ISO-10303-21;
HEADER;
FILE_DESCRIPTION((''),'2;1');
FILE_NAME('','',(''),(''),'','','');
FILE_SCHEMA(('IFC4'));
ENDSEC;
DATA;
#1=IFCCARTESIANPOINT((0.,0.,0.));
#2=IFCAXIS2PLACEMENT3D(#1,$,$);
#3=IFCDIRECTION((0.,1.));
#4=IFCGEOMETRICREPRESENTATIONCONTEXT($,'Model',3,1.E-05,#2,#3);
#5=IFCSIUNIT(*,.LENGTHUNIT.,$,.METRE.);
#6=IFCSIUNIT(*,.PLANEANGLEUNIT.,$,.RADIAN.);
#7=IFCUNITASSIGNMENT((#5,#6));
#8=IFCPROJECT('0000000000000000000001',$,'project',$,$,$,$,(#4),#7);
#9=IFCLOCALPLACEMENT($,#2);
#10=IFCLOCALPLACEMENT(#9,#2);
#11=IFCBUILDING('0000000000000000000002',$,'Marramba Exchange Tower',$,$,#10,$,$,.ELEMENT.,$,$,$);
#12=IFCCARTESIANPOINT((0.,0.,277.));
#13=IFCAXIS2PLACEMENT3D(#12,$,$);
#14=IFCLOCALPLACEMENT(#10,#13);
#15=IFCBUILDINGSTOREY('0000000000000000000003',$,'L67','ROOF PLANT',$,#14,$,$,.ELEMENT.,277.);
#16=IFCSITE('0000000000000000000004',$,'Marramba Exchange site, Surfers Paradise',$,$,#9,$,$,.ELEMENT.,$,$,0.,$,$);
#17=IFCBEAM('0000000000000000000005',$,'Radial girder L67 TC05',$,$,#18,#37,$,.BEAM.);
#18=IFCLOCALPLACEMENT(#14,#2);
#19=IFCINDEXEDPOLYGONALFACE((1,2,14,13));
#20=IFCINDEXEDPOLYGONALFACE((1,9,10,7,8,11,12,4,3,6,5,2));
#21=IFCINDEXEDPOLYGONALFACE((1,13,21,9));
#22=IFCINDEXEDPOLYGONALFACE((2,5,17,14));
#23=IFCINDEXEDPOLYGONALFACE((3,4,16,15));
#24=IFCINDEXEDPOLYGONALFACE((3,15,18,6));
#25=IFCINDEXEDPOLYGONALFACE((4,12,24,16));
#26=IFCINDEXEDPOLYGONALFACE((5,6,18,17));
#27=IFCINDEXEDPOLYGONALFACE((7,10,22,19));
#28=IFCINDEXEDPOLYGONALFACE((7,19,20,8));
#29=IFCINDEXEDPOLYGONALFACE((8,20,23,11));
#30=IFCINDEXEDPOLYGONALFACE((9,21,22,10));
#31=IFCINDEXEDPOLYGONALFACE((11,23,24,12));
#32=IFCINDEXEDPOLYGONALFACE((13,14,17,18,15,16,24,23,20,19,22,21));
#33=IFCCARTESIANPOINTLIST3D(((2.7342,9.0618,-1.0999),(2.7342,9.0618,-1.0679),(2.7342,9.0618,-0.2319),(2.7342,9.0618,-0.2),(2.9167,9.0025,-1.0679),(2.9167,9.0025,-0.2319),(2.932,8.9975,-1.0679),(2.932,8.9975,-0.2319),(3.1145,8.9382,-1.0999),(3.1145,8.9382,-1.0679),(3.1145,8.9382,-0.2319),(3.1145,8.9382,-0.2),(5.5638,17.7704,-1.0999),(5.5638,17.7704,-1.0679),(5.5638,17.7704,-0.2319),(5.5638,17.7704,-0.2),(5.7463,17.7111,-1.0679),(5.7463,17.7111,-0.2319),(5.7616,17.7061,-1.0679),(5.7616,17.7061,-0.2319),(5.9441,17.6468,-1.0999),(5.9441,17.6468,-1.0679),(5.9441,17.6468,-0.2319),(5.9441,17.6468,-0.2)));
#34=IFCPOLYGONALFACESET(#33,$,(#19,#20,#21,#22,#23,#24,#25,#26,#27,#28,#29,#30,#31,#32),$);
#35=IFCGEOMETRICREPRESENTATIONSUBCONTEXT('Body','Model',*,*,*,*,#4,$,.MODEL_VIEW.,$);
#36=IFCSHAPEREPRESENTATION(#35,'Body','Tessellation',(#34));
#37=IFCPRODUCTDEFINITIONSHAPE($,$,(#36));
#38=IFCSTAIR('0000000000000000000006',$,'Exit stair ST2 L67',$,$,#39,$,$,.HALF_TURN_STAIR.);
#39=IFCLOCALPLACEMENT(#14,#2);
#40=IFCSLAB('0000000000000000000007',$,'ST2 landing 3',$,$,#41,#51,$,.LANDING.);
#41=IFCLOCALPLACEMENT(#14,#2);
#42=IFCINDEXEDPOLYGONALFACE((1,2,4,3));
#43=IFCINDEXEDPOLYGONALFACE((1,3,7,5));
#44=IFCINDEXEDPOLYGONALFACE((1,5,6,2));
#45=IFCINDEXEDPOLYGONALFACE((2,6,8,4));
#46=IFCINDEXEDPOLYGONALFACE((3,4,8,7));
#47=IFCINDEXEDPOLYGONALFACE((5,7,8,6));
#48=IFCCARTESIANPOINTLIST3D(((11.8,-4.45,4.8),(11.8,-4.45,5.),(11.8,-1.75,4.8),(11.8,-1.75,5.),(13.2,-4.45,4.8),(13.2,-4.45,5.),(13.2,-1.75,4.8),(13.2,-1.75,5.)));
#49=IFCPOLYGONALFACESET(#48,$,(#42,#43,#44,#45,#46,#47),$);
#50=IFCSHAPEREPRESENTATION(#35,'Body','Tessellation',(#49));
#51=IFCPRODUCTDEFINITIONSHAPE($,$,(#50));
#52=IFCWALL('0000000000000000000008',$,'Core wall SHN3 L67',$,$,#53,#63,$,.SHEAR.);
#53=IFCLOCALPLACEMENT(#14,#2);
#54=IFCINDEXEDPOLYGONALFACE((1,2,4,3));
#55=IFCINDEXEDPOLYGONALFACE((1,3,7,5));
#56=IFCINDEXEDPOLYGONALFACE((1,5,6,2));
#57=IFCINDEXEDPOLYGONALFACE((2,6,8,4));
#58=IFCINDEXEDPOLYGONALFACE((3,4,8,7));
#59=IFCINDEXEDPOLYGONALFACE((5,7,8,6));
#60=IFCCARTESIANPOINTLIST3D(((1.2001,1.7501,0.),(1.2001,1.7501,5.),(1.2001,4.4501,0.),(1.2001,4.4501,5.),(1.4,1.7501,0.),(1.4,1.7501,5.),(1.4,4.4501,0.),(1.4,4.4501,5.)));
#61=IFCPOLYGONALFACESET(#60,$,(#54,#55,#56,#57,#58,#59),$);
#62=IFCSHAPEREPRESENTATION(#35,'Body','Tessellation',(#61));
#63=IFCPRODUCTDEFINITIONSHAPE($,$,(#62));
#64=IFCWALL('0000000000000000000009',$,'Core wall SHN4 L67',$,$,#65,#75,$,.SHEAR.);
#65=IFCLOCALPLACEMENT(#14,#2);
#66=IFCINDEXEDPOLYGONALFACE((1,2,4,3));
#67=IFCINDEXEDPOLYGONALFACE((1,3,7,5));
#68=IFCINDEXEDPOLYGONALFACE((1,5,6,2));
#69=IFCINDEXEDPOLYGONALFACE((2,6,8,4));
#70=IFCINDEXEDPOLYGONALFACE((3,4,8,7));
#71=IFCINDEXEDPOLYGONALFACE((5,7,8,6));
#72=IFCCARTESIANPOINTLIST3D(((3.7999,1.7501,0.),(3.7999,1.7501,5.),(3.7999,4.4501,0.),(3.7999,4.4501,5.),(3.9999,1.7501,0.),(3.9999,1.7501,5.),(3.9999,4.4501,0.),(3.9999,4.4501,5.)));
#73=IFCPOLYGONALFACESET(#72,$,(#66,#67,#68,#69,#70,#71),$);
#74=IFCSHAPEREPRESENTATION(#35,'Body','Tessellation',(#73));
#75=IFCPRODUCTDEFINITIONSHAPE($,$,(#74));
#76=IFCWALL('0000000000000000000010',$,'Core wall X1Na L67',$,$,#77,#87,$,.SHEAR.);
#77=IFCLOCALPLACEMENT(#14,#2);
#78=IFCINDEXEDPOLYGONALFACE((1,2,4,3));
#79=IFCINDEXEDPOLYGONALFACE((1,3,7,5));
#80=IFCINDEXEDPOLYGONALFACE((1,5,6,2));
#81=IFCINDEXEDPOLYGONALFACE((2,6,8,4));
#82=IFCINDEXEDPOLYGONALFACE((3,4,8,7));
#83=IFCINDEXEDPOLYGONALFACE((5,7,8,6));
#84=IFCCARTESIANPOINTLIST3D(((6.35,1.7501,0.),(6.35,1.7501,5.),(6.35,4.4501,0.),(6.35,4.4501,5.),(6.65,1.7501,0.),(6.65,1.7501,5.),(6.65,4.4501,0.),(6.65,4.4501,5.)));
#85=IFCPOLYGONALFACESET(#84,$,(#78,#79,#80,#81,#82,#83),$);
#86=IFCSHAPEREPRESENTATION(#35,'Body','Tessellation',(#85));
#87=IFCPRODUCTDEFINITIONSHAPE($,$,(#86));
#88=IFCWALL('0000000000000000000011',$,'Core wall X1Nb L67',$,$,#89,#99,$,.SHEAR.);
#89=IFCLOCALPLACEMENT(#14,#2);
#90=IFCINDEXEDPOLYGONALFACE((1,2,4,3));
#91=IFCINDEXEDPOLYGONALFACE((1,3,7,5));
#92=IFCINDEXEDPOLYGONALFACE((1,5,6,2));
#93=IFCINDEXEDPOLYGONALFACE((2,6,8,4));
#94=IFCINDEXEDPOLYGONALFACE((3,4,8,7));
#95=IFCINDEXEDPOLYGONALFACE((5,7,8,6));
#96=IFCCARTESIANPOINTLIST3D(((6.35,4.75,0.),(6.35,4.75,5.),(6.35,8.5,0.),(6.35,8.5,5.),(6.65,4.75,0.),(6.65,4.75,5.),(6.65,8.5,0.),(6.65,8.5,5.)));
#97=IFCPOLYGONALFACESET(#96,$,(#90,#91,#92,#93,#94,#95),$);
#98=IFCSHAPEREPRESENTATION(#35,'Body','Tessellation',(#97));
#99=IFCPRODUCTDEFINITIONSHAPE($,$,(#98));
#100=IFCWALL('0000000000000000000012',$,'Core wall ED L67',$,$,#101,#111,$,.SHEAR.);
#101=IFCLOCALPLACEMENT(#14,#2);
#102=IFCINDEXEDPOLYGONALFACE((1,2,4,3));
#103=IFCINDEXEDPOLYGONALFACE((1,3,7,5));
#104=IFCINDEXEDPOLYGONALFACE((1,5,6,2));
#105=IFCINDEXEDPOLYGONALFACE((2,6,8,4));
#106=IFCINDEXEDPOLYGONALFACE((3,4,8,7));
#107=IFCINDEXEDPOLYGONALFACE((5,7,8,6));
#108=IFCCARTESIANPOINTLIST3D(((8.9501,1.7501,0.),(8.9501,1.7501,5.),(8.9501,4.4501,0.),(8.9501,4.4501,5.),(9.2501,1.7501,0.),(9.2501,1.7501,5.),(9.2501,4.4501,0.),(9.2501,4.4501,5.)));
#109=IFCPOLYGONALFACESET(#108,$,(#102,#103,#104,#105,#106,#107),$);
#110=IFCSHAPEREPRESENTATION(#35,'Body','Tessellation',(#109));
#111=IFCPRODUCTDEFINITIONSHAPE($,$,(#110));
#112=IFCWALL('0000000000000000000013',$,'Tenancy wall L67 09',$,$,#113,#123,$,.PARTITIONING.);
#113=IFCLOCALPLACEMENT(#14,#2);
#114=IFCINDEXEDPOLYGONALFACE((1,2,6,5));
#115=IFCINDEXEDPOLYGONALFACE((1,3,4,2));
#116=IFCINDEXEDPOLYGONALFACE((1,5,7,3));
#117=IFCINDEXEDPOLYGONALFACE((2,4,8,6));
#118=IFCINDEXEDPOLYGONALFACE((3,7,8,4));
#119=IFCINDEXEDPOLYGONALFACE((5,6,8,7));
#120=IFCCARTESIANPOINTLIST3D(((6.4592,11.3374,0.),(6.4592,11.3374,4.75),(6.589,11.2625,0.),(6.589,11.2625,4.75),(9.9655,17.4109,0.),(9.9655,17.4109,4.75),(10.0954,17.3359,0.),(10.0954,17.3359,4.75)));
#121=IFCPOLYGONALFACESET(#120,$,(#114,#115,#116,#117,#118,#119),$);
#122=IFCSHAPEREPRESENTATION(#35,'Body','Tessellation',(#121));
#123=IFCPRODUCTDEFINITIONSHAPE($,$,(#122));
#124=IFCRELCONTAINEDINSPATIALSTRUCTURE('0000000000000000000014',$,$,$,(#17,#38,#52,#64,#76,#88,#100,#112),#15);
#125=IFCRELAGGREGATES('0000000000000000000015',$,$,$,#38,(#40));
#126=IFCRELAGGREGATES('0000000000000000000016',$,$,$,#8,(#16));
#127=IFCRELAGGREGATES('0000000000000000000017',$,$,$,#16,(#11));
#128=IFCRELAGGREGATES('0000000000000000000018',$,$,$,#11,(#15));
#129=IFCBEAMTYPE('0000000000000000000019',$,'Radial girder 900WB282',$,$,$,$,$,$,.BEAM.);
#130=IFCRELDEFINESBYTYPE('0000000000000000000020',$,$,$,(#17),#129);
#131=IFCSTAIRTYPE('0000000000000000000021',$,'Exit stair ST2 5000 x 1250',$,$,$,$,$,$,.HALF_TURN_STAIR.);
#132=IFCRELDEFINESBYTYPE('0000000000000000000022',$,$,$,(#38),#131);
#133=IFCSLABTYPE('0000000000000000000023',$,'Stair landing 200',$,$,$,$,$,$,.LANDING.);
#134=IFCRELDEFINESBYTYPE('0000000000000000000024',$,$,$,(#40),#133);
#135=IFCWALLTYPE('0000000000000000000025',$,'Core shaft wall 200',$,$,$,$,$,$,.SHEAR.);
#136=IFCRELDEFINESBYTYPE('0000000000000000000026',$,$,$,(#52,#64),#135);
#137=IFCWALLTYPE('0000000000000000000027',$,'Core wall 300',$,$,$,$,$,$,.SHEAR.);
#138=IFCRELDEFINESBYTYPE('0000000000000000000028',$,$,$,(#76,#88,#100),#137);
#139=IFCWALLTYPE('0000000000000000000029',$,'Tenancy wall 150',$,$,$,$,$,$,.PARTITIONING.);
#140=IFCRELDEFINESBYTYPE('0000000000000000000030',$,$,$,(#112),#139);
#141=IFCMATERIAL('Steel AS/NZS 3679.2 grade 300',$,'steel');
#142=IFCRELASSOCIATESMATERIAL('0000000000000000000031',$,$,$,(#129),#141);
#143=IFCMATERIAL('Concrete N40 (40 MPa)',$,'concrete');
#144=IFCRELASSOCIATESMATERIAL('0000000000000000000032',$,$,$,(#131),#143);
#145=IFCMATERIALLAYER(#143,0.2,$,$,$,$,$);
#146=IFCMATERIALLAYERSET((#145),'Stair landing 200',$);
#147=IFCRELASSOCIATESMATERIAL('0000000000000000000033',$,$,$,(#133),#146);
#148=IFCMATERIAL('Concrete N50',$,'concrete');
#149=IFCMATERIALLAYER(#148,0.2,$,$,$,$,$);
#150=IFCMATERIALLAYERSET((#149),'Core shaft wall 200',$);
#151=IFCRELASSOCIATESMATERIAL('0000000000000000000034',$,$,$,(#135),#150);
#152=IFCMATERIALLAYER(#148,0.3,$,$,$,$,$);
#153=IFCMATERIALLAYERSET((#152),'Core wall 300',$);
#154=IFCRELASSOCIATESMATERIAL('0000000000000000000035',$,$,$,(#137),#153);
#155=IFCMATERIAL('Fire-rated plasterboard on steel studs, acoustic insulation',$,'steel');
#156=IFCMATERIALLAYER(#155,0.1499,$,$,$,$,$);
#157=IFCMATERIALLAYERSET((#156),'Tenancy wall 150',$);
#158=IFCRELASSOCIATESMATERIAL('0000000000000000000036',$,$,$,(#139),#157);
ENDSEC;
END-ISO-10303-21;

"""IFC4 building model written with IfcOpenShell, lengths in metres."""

from ifc_helpers import new_model, si_unit, direction, frame, frame_2d, origin, origin_2d, place, context, subcontext, project, spatial, polyline, rectangle, i_section, outline, extrude, material, layer, layer_set, material_profile, profile_set, type_object, element, aggregate, save


model = new_model("IFC4")

# Units and contexts
model_context = context("Model", 3, precision=1e-05, world=origin(), true_north=direction((0.0, 1.0)))
body_context = subcontext(model_context, "Body", "Model", "MODEL_VIEW")
ifc_project = project(units=[si_unit("LENGTHUNIT", "METRE"), si_unit("PLANEANGLEUNIT", "RADIAN")], contexts=[model_context])

# Site, building, storey
site_placement = place(None, origin())
site = spatial("IfcSite", under=ifc_project, at=site_placement, Name="Marramba Exchange site, Surfers Paradise", CompositionType="ELEMENT", RefElevation=0.0)
building_placement = place(site_placement, origin())
building = spatial("IfcBuilding", under=site, at=building_placement, Name="Marramba Exchange Tower", CompositionType="ELEMENT")
storey_placement = place(building_placement, frame((0.0, 0.0, 277.0)))
storey = spatial("IfcBuildingStorey", under=building, at=storey_placement, Name="L67", Description="ROOF PLANT", CompositionType="ELEMENT", Elevation=277.0)

# Beam
ifc_material_1 = material(Name="Steel AS/NZS 3679.2 grade 300", Category="steel")
ifc_material_profile_1 = material_profile(ifc_material_1, i_section(OverallWidth=0.3999, OverallDepth=0.8999, WebThickness=0.0161, FlangeThickness=0.032, at=origin_2d()), Name="900WB282")
ifc_profile_set_1 = profile_set([ifc_material_profile_1], Name="Steel AS/NZS 3679.2 grade 300")
beam_type_1 = type_object("IfcBeamType", Name="Radial girder 900WB282", PredefinedType="BEAM", material=ifc_profile_set_1)
beam_1_placement = place(storey_placement, frame((2.9243, 9.0, -0.6499), z_axis=(0.30902, 0.951056, 0.0), x_axis=(-0.951056, 0.30902, 0.0)))
element("IfcBeam", 1, at=beam_1_placement, inside=storey, type_object=beam_type_1, Name="Radial girder L67 TC05", PredefinedType="BEAM", context=body_context, shape_type="SweptSolid", body=[
    extrude(i_section(OverallWidth=0.3999, OverallDepth=0.8999, WebThickness=0.0161, FlangeThickness=0.032, at=origin_2d()), origin(), (0.0, 0.0, 1.0), 9.1567),
])

# Stair, slab
ifc_material_2 = material(Name="Concrete N40 (40 MPa)", Category="concrete")
stair_type = type_object("IfcStairType", Name="Exit stair ST2 5000 x 1250", PredefinedType="HALF_TURN_STAIR", material=ifc_material_2)
stair_placement = place(storey_placement, origin())
stair = element("IfcStair", 2, at=stair_placement, inside=storey, type_object=stair_type, Name="Exit stair ST2 L67", PredefinedType="HALF_TURN_STAIR")
ifc_layer_1 = layer(ifc_material_2, 0.2)
ifc_layer_set_1 = layer_set([ifc_layer_1], Name="Stair landing 200")
slab_type = type_object("IfcSlabType", Name="Stair landing 200", PredefinedType="LANDING", material=ifc_layer_set_1)
slab_placement = place(storey_placement, frame((0.0, 0.0, 4.8)))
slab = element("IfcSlab", 3, at=slab_placement, type_object=slab_type, Name="ST2 landing 3", PredefinedType="LANDING", context=body_context, shape_type="SweptSolid", body=[
    extrude(outline(polyline([(11.8, -4.45), (13.2, -4.45), (13.2, -1.75), (11.8, -1.75), (11.8, -4.45)])), origin(), (0.0, 0.0, 1.0), 0.2),
])
aggregate(stair, [slab])

# Walls
ifc_material_3 = material(Name="Concrete N50", Category="concrete")
ifc_layer_2 = layer(ifc_material_3, 0.2)
ifc_layer_set_2 = layer_set([ifc_layer_2], Name="Core shaft wall 200")
wall_type_1 = type_object("IfcWallType", Name="Core shaft wall 200", PredefinedType="SHEAR", material=ifc_layer_set_2)
for number, where, z_axis, x_axis, name in (
    (4, (1.3, 1.75, 0.0), (0.0, 0.0, 1.0), (0.0, 1.0, 0.0), "Core wall SHN3 L67"),
    (5, (3.8999, 1.75, 0.0), (0.0, 0.0, 1.0), (0.0, 1.0, 0.0), "Core wall SHN4 L67"),
):
    element("IfcWall", number, at=place(storey_placement, frame(where, z_axis=z_axis, x_axis=x_axis)), inside=storey, type_object=wall_type_1, Name=name, PredefinedType="SHEAR", context=body_context, shape_type="SweptSolid", body=[
        extrude(rectangle(XDim=2.7, YDim=0.2, at=frame_2d((1.3501, 0.0))), origin(), (0.0, 0.0, 1.0), 5.0),
    ])
ifc_layer_3 = layer(ifc_material_3, 0.3)
ifc_layer_set_3 = layer_set([ifc_layer_3], Name="Core wall 300")
wall_type_2 = type_object("IfcWallType", Name="Core wall 300", PredefinedType="SHEAR", material=ifc_layer_set_3)
wall_1_placement = place(storey_placement, frame((6.5, 1.75, 0.0), z_axis=(0.0, 0.0, 1.0), x_axis=(0.0, 1.0, 0.0)))
element("IfcWall", 6, at=wall_1_placement, inside=storey, type_object=wall_type_2, Name="Core wall X1Na L67", PredefinedType="SHEAR", context=body_context, shape_type="SweptSolid", body=[
    extrude(rectangle(XDim=2.7, YDim=0.3, at=frame_2d((1.3501, 0.0))), origin(), (0.0, 0.0, 1.0), 5.0),
])
wall_2_placement = place(storey_placement, frame((6.5, 4.75, 0.0), z_axis=(0.0, 0.0, 1.0), x_axis=(0.0, 1.0, 0.0)))
element("IfcWall", 7, at=wall_2_placement, inside=storey, type_object=wall_type_2, Name="Core wall X1Nb L67", PredefinedType="SHEAR", context=body_context, shape_type="SweptSolid", body=[
    extrude(rectangle(XDim=3.75, YDim=0.3, at=frame_2d((1.875, 0.0))), origin(), (0.0, 0.0, 1.0), 5.0),
])
wall_3_placement = place(storey_placement, frame((9.1001, 1.75, 0.0), z_axis=(0.0, 0.0, 1.0), x_axis=(0.0, 1.0, 0.0)))
element("IfcWall", 8, at=wall_3_placement, inside=storey, type_object=wall_type_2, Name="Core wall ED L67", PredefinedType="SHEAR", context=body_context, shape_type="SweptSolid", body=[
    extrude(rectangle(XDim=2.7, YDim=0.3, at=frame_2d((1.3501, 0.0))), origin(), (0.0, 0.0, 1.0), 5.0),
])
ifc_material_4 = material(Name="Fire-rated plasterboard on steel studs, acoustic insulation", Category="steel")
ifc_layer_4 = layer(ifc_material_4, 0.1499)
ifc_layer_set_4 = layer_set([ifc_layer_4], Name="Tenancy wall 150")
wall_type_3 = type_object("IfcWallType", Name="Tenancy wall 150", PredefinedType="PARTITIONING", material=ifc_layer_set_4)
wall_4_placement = place(storey_placement, frame((6.5242, 11.3, 0.0), z_axis=(0.0, 0.0, 1.0), x_axis=(0.499981, 0.866037, 0.0)))
element("IfcWall", 9, at=wall_4_placement, inside=storey, type_object=wall_type_3, Name="Tenancy wall L67 09", PredefinedType="PARTITIONING", context=body_context, shape_type="SweptSolid", body=[
    extrude(rectangle(XDim=7.0129, YDim=0.1499, at=frame_2d((3.5063, 0.0))), origin(), (0.0, 0.0, 1.0), 4.75),
])

save(model, "model.ifc")
